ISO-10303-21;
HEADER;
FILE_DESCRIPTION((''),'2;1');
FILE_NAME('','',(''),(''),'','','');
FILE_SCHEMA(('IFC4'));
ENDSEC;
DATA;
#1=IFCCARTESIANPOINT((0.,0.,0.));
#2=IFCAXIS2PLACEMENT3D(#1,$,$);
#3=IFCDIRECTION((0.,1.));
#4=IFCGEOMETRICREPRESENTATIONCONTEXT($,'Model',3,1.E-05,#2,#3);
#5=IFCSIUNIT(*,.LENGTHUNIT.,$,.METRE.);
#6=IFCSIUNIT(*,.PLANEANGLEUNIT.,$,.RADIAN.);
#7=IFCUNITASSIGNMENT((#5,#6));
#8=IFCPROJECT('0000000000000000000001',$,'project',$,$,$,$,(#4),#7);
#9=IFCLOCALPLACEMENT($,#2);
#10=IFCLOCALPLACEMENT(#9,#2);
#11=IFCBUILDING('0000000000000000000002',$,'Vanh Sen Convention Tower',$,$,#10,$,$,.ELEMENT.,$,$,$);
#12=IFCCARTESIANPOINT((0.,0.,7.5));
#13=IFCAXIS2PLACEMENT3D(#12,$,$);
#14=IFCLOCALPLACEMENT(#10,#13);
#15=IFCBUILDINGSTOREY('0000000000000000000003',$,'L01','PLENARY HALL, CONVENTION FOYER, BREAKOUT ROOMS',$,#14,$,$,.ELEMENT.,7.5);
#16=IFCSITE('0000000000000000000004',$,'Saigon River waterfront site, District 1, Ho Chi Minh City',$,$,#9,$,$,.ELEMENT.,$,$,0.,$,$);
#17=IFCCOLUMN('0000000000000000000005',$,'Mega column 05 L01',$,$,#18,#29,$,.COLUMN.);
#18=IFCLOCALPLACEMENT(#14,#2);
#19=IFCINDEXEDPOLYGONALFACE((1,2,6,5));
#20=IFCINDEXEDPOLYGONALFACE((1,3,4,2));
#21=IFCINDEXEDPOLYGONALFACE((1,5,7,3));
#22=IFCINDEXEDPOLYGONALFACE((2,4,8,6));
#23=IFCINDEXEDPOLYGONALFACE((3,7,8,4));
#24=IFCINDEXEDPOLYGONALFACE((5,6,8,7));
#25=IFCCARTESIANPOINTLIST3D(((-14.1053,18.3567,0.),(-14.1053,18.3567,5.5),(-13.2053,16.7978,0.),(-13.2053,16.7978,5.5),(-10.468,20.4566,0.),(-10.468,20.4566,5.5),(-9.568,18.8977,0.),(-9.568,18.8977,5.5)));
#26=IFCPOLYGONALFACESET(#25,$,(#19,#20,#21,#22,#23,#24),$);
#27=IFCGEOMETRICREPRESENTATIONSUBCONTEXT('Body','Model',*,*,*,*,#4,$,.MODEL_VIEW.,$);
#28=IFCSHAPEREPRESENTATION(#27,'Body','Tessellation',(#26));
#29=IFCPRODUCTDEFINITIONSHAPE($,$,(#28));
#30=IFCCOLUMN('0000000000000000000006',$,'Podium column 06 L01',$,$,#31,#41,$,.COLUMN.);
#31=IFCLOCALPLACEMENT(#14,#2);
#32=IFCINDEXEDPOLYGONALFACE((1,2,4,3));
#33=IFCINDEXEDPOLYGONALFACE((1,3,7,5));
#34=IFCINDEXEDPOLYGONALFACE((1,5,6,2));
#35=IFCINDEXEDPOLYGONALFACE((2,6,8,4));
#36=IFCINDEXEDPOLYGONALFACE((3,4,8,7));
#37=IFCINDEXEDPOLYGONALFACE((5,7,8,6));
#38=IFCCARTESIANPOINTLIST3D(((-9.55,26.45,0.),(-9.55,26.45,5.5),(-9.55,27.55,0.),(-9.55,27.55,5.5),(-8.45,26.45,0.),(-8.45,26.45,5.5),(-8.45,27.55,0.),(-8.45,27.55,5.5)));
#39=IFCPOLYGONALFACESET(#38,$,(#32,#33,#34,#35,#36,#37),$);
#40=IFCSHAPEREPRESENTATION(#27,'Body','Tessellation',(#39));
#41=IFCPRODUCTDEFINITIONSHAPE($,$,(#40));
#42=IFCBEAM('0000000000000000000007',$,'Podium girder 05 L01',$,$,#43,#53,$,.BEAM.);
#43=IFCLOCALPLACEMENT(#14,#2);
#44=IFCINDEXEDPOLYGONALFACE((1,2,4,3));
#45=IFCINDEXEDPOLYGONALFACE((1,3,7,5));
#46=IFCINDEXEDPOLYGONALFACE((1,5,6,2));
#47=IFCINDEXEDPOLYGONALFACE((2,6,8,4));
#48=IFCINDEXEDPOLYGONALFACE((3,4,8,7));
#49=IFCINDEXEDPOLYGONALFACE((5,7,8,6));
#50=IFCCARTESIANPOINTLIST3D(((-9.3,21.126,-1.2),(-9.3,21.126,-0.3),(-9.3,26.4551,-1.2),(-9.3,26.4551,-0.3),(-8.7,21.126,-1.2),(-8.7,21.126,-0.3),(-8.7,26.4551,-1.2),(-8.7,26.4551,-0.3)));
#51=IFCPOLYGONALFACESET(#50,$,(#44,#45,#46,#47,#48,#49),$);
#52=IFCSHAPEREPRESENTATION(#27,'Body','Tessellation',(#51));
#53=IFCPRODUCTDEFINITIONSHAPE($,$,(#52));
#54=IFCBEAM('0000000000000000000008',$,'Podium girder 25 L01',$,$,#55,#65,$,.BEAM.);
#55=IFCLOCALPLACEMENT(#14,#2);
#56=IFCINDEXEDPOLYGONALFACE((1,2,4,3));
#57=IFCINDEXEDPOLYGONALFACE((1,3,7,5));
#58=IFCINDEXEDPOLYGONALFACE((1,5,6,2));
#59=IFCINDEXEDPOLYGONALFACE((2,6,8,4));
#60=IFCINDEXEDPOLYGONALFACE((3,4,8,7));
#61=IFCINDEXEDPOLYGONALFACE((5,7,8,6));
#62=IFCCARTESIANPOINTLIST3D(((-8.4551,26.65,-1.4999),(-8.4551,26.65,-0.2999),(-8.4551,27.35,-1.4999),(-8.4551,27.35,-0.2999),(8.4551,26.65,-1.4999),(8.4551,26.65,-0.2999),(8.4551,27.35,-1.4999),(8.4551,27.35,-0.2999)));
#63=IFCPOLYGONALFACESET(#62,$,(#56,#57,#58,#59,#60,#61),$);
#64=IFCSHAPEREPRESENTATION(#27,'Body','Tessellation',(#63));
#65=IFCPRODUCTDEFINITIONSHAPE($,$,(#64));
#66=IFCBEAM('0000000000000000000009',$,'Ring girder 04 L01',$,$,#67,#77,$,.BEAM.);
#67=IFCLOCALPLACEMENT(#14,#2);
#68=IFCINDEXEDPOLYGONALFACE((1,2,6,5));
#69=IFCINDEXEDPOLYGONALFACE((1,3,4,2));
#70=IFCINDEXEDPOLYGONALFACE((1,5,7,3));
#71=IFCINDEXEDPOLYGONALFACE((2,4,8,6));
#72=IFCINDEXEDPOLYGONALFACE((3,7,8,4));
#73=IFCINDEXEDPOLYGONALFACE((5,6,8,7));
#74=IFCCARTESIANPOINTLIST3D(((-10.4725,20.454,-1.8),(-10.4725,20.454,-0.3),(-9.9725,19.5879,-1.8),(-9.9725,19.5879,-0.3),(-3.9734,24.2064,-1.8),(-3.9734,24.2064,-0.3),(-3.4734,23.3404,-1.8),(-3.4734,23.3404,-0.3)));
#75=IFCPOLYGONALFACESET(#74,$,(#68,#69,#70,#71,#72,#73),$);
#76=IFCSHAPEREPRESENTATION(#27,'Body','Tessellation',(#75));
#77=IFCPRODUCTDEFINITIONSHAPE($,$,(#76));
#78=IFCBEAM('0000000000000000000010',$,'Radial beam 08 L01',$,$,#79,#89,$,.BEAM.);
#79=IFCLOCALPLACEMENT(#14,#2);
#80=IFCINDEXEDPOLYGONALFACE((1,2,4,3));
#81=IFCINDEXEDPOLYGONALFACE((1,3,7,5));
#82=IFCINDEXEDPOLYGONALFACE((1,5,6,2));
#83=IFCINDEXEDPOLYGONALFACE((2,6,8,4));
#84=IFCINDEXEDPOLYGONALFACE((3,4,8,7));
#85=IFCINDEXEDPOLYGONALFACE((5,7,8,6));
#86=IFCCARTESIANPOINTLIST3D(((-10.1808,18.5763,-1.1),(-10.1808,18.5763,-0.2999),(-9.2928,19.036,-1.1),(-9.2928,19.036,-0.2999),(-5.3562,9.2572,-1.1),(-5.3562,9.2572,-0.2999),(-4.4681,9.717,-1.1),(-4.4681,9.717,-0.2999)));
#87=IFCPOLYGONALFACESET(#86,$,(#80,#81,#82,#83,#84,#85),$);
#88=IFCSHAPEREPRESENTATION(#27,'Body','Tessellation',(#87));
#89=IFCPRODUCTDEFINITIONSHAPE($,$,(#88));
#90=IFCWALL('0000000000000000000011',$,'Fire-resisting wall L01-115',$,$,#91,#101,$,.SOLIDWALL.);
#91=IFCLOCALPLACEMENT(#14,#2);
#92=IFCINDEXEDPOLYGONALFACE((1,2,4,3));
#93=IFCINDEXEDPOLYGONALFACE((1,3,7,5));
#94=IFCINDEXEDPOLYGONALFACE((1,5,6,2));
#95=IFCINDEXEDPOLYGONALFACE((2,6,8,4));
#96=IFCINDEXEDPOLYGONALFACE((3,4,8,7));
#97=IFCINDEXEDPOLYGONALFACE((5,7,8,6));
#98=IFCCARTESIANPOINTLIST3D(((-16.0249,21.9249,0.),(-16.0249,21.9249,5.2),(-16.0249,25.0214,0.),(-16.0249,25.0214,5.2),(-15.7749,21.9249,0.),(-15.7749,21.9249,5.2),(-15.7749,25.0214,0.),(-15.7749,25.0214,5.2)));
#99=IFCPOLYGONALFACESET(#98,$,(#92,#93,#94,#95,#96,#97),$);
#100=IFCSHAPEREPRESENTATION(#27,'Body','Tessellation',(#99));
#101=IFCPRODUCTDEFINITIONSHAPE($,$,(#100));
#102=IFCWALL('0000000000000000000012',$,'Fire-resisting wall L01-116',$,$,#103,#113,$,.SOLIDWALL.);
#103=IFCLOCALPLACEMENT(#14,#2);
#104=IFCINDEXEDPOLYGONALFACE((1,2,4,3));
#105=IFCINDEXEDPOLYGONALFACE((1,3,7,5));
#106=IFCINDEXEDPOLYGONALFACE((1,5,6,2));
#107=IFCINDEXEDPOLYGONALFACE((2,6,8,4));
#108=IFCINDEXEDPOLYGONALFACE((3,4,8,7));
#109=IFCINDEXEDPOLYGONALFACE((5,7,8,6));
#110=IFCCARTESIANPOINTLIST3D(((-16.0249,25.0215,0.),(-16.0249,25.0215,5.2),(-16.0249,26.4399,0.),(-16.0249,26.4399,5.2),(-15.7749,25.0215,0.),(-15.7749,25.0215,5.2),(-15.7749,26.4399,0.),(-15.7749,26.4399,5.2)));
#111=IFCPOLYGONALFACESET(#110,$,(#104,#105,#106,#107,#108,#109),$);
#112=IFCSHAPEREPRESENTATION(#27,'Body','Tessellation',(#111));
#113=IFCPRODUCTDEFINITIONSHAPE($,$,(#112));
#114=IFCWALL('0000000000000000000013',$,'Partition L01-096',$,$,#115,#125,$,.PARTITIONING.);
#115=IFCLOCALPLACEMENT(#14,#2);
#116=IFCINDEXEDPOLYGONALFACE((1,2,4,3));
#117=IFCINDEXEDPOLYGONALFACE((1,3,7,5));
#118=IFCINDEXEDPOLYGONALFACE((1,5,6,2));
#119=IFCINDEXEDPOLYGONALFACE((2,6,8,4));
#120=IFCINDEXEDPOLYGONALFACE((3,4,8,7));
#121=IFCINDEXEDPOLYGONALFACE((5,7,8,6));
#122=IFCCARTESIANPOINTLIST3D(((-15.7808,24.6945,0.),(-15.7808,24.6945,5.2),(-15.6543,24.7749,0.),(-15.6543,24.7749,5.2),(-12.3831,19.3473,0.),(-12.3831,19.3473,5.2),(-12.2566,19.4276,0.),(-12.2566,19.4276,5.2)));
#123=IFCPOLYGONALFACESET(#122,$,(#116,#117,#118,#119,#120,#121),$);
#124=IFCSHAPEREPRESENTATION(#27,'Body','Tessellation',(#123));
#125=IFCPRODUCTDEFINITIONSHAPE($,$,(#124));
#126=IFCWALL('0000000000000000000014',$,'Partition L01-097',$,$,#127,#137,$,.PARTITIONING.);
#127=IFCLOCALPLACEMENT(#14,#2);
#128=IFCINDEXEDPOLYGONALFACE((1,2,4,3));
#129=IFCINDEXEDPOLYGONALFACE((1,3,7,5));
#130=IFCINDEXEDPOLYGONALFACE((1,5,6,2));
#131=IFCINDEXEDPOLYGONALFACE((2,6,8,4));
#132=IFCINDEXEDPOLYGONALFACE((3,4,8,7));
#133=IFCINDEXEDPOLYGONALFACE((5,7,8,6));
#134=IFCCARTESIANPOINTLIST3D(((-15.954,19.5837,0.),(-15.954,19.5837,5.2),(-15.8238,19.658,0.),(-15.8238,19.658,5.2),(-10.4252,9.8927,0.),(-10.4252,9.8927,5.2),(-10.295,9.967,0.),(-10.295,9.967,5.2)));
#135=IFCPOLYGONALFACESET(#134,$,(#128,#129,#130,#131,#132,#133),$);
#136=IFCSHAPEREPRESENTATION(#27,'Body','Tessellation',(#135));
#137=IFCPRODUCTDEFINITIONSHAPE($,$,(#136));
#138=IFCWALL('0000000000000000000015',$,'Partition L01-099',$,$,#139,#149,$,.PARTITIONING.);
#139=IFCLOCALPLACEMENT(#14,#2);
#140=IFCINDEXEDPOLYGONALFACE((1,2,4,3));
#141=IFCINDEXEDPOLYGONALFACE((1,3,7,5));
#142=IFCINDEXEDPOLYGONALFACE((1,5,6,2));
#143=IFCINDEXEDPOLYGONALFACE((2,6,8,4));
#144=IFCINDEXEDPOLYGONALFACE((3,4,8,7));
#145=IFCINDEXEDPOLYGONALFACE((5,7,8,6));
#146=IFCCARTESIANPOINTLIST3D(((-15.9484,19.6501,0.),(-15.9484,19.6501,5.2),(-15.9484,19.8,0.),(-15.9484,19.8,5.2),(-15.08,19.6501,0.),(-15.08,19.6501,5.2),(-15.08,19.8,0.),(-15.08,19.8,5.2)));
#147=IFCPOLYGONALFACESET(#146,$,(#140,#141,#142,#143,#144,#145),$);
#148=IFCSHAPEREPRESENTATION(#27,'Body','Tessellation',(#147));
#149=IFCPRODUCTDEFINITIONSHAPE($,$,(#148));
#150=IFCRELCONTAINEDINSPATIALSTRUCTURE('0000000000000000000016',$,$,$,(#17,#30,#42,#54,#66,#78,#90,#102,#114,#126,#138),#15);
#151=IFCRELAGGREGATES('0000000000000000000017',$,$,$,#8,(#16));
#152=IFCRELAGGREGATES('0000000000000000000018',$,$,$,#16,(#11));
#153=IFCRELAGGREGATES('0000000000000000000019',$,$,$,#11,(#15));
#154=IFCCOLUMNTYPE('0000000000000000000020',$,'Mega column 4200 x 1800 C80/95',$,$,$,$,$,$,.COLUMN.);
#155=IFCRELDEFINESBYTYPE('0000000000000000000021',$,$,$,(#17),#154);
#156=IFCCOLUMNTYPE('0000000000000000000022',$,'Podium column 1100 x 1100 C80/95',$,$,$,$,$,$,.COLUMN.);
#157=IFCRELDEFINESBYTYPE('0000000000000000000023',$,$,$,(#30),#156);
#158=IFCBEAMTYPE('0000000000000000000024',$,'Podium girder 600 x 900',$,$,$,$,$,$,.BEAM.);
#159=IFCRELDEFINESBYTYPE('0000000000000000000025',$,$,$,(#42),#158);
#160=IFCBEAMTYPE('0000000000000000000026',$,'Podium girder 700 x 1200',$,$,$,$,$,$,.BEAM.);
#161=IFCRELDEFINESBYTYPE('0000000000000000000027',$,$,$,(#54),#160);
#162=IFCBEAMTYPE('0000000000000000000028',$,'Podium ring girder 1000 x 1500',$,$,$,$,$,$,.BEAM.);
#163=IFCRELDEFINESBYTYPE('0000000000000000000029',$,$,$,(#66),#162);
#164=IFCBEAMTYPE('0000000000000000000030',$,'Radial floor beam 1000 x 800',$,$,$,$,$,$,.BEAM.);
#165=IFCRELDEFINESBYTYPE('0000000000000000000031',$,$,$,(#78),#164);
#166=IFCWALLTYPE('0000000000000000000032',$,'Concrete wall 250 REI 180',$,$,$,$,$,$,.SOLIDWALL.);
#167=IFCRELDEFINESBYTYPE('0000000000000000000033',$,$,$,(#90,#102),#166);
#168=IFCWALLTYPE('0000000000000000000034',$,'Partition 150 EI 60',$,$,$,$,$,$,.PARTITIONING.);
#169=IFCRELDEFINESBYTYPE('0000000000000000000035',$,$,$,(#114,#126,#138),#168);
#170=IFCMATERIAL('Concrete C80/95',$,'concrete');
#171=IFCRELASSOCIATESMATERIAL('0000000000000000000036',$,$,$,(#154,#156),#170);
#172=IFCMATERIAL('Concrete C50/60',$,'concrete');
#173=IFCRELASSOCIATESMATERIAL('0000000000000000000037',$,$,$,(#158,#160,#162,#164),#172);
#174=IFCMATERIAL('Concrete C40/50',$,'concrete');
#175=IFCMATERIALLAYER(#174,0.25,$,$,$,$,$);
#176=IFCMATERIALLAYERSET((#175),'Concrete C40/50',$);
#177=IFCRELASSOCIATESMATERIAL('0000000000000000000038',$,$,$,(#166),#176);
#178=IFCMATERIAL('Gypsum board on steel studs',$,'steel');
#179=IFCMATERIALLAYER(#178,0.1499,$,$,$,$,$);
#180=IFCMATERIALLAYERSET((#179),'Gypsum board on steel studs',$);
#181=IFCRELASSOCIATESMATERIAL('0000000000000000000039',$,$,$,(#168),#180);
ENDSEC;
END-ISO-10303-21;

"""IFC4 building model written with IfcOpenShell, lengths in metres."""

from ifc_helpers import new_model, si_unit, direction, frame, frame_2d, origin, origin_2d, place, context, subcontext, project, spatial, rectangle, extrude, material, layer, layer_set, material_profile, profile_set, type_object, element, save


model = new_model("IFC4")

# Units and contexts
model_context = context("Model", 3, precision=1e-05, world=origin(), true_north=direction((0.0, 1.0)))
body_context = subcontext(model_context, "Body", "Model", "MODEL_VIEW")
ifc_project = project(units=[si_unit("LENGTHUNIT", "METRE"), si_unit("PLANEANGLEUNIT", "RADIAN")], contexts=[model_context])

# Site, building, storey
site_placement = place(None, origin())
site = spatial("IfcSite", under=ifc_project, at=site_placement, Name="Saigon River waterfront site, District 1, Ho Chi Minh City", CompositionType="ELEMENT", RefElevation=0.0)
building_placement = place(site_placement, origin())
building = spatial("IfcBuilding", under=site, at=building_placement, Name="Vanh Sen Convention Tower", CompositionType="ELEMENT")
storey_placement = place(building_placement, frame((0.0, 0.0, 7.5)))
storey = spatial("IfcBuildingStorey", under=building, at=storey_placement, Name="L01", Description="PLENARY HALL, CONVENTION FOYER, BREAKOUT ROOMS", CompositionType="ELEMENT", Elevation=7.5)

# Columns
ifc_material_1 = material(Name="Concrete C80/95", Category="concrete")
ifc_material_profile_1 = material_profile(ifc_material_1, rectangle(XDim=4.2, YDim=1.8, at=origin_2d()), Name="RC 4200X1800")
ifc_profile_set_1 = profile_set([ifc_material_profile_1], Name="Concrete C80/95")
column_type_1 = type_object("IfcColumnType", Name="Mega column 4200 x 1800 C80/95", PredefinedType="COLUMN", material=ifc_profile_set_1)
column_1_placement = place(storey_placement, frame((-11.8367, 18.6272, 0.0), z_axis=(0.0, 0.0, 1.0), x_axis=(-0.866028, -0.499995, 0.0)))
element("IfcColumn", 1, at=column_1_placement, inside=storey, type_object=column_type_1, Name="Mega column 05 L01", PredefinedType="COLUMN", context=body_context, shape_type="SweptSolid", body=[
    extrude(rectangle(XDim=4.2, YDim=1.8, at=origin_2d()), origin(), (0.0, 0.0, 1.0), 5.5),
])
ifc_material_profile_2 = material_profile(ifc_material_1, rectangle(XDim=1.1001, YDim=1.1001, at=origin_2d()), Name="RC 1100X1100")
ifc_profile_set_2 = profile_set([ifc_material_profile_2], Name="Concrete C80/95")
column_type_2 = type_object("IfcColumnType", Name="Podium column 1100 x 1100 C80/95", PredefinedType="COLUMN", material=ifc_profile_set_2)
column_2_placement = place(storey_placement, frame((-9.0, 27.0, 0.0), z_axis=(0.0, 0.0, 1.0), x_axis=(1.0, 0.0, 0.0)))
element("IfcColumn", 2, at=column_2_placement, inside=storey, type_object=column_type_2, Name="Podium column 06 L01", PredefinedType="COLUMN", context=body_context, shape_type="SweptSolid", body=[
    extrude(rectangle(XDim=1.1001, YDim=1.1001, at=origin_2d()), origin(), (0.0, 0.0, 1.0), 5.5),
])

# Beams
ifc_material_2 = material(Name="Concrete C50/60", Category="concrete")
ifc_material_profile_3 = material_profile(ifc_material_2, rectangle(XDim=0.6001, YDim=0.8999, at=origin_2d()), Name="RC 600X900")
ifc_profile_set_3 = profile_set([ifc_material_profile_3], Name="Concrete C50/60")
beam_type_1 = type_object("IfcBeamType", Name="Podium girder 600 x 900", PredefinedType="BEAM", material=ifc_profile_set_3)
beam_1_placement = place(storey_placement, frame((-9.0, 21.126, -0.75), z_axis=(0.0, 1.0, 0.0), x_axis=(-1.0, 0.0, 0.0)))
element("IfcBeam", 3, at=beam_1_placement, inside=storey, type_object=beam_type_1, Name="Podium girder 05 L01", PredefinedType="BEAM", context=body_context, shape_type="SweptSolid", body=[
    extrude(rectangle(XDim=0.6001, YDim=0.8999, at=origin_2d()), origin(), (0.0, 0.0, 1.0), 5.3291),
])
ifc_material_profile_4 = material_profile(ifc_material_2, rectangle(XDim=0.7, YDim=1.2, at=origin_2d()), Name="RC 700X1200")
ifc_profile_set_4 = profile_set([ifc_material_profile_4], Name="Concrete C50/60")
beam_type_2 = type_object("IfcBeamType", Name="Podium girder 700 x 1200", PredefinedType="BEAM", material=ifc_profile_set_4)
beam_2_placement = place(storey_placement, frame((-8.4551, 27.0, -0.8999), z_axis=(1.0, 0.0, 0.0), x_axis=(0.0, 1.0, 0.0)))
element("IfcBeam", 4, at=beam_2_placement, inside=storey, type_object=beam_type_2, Name="Podium girder 25 L01", PredefinedType="BEAM", context=body_context, shape_type="SweptSolid", body=[
    extrude(rectangle(XDim=0.7, YDim=1.2, at=origin_2d()), origin(), (0.0, 0.0, 1.0), 16.9102),
])
ifc_material_profile_5 = material_profile(ifc_material_2, rectangle(XDim=1.0, YDim=1.5, at=origin_2d()), Name="RC 1000X1500")
ifc_profile_set_5 = profile_set([ifc_material_profile_5], Name="Concrete C50/60")
beam_type_3 = type_object("IfcBeamType", Name="Podium ring girder 1000 x 1500", PredefinedType="BEAM", material=ifc_profile_set_5)
beam_3_placement = place(storey_placement, frame((-3.7234, 23.7734, -1.05), z_axis=(-0.866012, -0.500023, 0.0), x_axis=(0.500023, -0.866012, 0.0)))
element("IfcBeam", 5, at=beam_3_placement, inside=storey, type_object=beam_type_3, Name="Ring girder 04 L01", PredefinedType="BEAM", context=body_context, shape_type="SweptSolid", body=[
    extrude(rectangle(XDim=1.0, YDim=1.5, at=origin_2d()), origin(), (0.0, 0.0, 1.0), 7.5046),
])
ifc_material_profile_6 = material_profile(ifc_material_2, rectangle(XDim=1.0, YDim=0.8, at=origin_2d()), Name="RC 1000X800")
ifc_profile_set_6 = profile_set([ifc_material_profile_6], Name="Concrete C50/60")
beam_type_4 = type_object("IfcBeamType", Name="Radial floor beam 1000 x 800", PredefinedType="BEAM", material=ifc_profile_set_6)
beam_4_placement = place(storey_placement, frame((-9.7368, 18.8062, -0.7), z_axis=(0.45976, -0.888043, 0.0), x_axis=(0.888043, 0.45976, 0.0)))
element("IfcBeam", 6, at=beam_4_placement, inside=storey, type_object=beam_type_4, Name="Radial beam 08 L01", PredefinedType="BEAM", context=body_context, shape_type="SweptSolid", body=[
    extrude(rectangle(XDim=1.0, YDim=0.8, at=origin_2d()), origin(), (0.0, 0.0, 1.0), 10.4939),
])

# Shared definitions
ifc_material_3 = material(Name="Concrete C40/50", Category="concrete")
ifc_layer_1 = layer(ifc_material_3, 0.25)
ifc_layer_set_1 = layer_set([ifc_layer_1], Name="Concrete C40/50")
wall_type_1 = type_object("IfcWallType", Name="Concrete wall 250 REI 180", PredefinedType="SOLIDWALL", material=ifc_layer_set_1)

# Walls
wall_1_placement = place(storey_placement, frame((-15.8999, 25.0215, 0.0), z_axis=(0.0, 0.0, 1.0), x_axis=(0.0, -1.0, 0.0)))
element("IfcWall", 7, at=wall_1_placement, inside=storey, type_object=wall_type_1, Name="Fire-resisting wall L01-115", PredefinedType="SOLIDWALL", context=body_context, shape_type="SweptSolid", body=[
    extrude(rectangle(XDim=3.0964, YDim=0.25, at=frame_2d((1.5483, 0.0))), origin(), (0.0, 0.0, 1.0), 5.2),
])
wall_2_placement = place(storey_placement, frame((-15.8999, 26.4399, 0.0), z_axis=(0.0, 0.0, 1.0), x_axis=(0.0, -1.0, 0.0)))
element("IfcWall", 8, at=wall_2_placement, inside=storey, type_object=wall_type_1, Name="Fire-resisting wall L01-116", PredefinedType="SOLIDWALL", context=body_context, shape_type="SweptSolid", body=[
    extrude(rectangle(XDim=1.4185, YDim=0.25, at=frame_2d((0.7092, 0.0))), origin(), (0.0, 0.0, 1.0), 5.2),
])
ifc_material_4 = material(Name="Gypsum board on steel studs", Category="steel")
ifc_layer_2 = layer(ifc_material_4, 0.1499)
ifc_layer_set_2 = layer_set([ifc_layer_2], Name="Gypsum board on steel studs")
wall_type_2 = type_object("IfcWallType", Name="Partition 150 EI 60", PredefinedType="PARTITIONING", material=ifc_layer_set_2)
wall_3_placement = place(storey_placement, frame((-12.3198, 19.3875, 0.0), z_axis=(0.0, 0.0, 1.0), x_axis=(-0.536309, 0.844021, 0.0)))
element("IfcWall", 9, at=wall_3_placement, inside=storey, type_object=wall_type_2, Name="Partition L01-096", PredefinedType="PARTITIONING", context=body_context, shape_type="SweptSolid", body=[
    extrude(rectangle(XDim=6.3354, YDim=0.1499, at=frame_2d((3.1677, 0.0))), origin(), (0.0, 0.0, 1.0), 5.2),
])
wall_4_placement = place(storey_placement, frame((-15.8889, 19.6208, 0.0), z_axis=(0.0, 0.0, 1.0), x_axis=(0.49554, -0.868585, 0.0)))
element("IfcWall", 10, at=wall_4_placement, inside=storey, type_object=wall_type_2, Name="Partition L01-097", PredefinedType="PARTITIONING", context=body_context, shape_type="SweptSolid", body=[
    extrude(rectangle(XDim=11.1572, YDim=0.1499, at=frame_2d((5.5786, 0.0))), origin(), (0.0, 0.0, 1.0), 5.2),
])
wall_5_placement = place(storey_placement, frame((-15.0801, 19.7251, 0.0), z_axis=(0.0, 0.0, 1.0), x_axis=(-1.0, 0.0, 0.0)))
element("IfcWall", 11, at=wall_5_placement, inside=storey, type_object=wall_type_2, Name="Partition L01-099", PredefinedType="PARTITIONING", context=body_context, shape_type="SweptSolid", body=[
    extrude(rectangle(XDim=0.8684, YDim=0.1499, at=frame_2d((0.4341, 0.0))), origin(), (0.0, 0.0, 1.0), 5.2),
])

save(model, "model.ifc")
